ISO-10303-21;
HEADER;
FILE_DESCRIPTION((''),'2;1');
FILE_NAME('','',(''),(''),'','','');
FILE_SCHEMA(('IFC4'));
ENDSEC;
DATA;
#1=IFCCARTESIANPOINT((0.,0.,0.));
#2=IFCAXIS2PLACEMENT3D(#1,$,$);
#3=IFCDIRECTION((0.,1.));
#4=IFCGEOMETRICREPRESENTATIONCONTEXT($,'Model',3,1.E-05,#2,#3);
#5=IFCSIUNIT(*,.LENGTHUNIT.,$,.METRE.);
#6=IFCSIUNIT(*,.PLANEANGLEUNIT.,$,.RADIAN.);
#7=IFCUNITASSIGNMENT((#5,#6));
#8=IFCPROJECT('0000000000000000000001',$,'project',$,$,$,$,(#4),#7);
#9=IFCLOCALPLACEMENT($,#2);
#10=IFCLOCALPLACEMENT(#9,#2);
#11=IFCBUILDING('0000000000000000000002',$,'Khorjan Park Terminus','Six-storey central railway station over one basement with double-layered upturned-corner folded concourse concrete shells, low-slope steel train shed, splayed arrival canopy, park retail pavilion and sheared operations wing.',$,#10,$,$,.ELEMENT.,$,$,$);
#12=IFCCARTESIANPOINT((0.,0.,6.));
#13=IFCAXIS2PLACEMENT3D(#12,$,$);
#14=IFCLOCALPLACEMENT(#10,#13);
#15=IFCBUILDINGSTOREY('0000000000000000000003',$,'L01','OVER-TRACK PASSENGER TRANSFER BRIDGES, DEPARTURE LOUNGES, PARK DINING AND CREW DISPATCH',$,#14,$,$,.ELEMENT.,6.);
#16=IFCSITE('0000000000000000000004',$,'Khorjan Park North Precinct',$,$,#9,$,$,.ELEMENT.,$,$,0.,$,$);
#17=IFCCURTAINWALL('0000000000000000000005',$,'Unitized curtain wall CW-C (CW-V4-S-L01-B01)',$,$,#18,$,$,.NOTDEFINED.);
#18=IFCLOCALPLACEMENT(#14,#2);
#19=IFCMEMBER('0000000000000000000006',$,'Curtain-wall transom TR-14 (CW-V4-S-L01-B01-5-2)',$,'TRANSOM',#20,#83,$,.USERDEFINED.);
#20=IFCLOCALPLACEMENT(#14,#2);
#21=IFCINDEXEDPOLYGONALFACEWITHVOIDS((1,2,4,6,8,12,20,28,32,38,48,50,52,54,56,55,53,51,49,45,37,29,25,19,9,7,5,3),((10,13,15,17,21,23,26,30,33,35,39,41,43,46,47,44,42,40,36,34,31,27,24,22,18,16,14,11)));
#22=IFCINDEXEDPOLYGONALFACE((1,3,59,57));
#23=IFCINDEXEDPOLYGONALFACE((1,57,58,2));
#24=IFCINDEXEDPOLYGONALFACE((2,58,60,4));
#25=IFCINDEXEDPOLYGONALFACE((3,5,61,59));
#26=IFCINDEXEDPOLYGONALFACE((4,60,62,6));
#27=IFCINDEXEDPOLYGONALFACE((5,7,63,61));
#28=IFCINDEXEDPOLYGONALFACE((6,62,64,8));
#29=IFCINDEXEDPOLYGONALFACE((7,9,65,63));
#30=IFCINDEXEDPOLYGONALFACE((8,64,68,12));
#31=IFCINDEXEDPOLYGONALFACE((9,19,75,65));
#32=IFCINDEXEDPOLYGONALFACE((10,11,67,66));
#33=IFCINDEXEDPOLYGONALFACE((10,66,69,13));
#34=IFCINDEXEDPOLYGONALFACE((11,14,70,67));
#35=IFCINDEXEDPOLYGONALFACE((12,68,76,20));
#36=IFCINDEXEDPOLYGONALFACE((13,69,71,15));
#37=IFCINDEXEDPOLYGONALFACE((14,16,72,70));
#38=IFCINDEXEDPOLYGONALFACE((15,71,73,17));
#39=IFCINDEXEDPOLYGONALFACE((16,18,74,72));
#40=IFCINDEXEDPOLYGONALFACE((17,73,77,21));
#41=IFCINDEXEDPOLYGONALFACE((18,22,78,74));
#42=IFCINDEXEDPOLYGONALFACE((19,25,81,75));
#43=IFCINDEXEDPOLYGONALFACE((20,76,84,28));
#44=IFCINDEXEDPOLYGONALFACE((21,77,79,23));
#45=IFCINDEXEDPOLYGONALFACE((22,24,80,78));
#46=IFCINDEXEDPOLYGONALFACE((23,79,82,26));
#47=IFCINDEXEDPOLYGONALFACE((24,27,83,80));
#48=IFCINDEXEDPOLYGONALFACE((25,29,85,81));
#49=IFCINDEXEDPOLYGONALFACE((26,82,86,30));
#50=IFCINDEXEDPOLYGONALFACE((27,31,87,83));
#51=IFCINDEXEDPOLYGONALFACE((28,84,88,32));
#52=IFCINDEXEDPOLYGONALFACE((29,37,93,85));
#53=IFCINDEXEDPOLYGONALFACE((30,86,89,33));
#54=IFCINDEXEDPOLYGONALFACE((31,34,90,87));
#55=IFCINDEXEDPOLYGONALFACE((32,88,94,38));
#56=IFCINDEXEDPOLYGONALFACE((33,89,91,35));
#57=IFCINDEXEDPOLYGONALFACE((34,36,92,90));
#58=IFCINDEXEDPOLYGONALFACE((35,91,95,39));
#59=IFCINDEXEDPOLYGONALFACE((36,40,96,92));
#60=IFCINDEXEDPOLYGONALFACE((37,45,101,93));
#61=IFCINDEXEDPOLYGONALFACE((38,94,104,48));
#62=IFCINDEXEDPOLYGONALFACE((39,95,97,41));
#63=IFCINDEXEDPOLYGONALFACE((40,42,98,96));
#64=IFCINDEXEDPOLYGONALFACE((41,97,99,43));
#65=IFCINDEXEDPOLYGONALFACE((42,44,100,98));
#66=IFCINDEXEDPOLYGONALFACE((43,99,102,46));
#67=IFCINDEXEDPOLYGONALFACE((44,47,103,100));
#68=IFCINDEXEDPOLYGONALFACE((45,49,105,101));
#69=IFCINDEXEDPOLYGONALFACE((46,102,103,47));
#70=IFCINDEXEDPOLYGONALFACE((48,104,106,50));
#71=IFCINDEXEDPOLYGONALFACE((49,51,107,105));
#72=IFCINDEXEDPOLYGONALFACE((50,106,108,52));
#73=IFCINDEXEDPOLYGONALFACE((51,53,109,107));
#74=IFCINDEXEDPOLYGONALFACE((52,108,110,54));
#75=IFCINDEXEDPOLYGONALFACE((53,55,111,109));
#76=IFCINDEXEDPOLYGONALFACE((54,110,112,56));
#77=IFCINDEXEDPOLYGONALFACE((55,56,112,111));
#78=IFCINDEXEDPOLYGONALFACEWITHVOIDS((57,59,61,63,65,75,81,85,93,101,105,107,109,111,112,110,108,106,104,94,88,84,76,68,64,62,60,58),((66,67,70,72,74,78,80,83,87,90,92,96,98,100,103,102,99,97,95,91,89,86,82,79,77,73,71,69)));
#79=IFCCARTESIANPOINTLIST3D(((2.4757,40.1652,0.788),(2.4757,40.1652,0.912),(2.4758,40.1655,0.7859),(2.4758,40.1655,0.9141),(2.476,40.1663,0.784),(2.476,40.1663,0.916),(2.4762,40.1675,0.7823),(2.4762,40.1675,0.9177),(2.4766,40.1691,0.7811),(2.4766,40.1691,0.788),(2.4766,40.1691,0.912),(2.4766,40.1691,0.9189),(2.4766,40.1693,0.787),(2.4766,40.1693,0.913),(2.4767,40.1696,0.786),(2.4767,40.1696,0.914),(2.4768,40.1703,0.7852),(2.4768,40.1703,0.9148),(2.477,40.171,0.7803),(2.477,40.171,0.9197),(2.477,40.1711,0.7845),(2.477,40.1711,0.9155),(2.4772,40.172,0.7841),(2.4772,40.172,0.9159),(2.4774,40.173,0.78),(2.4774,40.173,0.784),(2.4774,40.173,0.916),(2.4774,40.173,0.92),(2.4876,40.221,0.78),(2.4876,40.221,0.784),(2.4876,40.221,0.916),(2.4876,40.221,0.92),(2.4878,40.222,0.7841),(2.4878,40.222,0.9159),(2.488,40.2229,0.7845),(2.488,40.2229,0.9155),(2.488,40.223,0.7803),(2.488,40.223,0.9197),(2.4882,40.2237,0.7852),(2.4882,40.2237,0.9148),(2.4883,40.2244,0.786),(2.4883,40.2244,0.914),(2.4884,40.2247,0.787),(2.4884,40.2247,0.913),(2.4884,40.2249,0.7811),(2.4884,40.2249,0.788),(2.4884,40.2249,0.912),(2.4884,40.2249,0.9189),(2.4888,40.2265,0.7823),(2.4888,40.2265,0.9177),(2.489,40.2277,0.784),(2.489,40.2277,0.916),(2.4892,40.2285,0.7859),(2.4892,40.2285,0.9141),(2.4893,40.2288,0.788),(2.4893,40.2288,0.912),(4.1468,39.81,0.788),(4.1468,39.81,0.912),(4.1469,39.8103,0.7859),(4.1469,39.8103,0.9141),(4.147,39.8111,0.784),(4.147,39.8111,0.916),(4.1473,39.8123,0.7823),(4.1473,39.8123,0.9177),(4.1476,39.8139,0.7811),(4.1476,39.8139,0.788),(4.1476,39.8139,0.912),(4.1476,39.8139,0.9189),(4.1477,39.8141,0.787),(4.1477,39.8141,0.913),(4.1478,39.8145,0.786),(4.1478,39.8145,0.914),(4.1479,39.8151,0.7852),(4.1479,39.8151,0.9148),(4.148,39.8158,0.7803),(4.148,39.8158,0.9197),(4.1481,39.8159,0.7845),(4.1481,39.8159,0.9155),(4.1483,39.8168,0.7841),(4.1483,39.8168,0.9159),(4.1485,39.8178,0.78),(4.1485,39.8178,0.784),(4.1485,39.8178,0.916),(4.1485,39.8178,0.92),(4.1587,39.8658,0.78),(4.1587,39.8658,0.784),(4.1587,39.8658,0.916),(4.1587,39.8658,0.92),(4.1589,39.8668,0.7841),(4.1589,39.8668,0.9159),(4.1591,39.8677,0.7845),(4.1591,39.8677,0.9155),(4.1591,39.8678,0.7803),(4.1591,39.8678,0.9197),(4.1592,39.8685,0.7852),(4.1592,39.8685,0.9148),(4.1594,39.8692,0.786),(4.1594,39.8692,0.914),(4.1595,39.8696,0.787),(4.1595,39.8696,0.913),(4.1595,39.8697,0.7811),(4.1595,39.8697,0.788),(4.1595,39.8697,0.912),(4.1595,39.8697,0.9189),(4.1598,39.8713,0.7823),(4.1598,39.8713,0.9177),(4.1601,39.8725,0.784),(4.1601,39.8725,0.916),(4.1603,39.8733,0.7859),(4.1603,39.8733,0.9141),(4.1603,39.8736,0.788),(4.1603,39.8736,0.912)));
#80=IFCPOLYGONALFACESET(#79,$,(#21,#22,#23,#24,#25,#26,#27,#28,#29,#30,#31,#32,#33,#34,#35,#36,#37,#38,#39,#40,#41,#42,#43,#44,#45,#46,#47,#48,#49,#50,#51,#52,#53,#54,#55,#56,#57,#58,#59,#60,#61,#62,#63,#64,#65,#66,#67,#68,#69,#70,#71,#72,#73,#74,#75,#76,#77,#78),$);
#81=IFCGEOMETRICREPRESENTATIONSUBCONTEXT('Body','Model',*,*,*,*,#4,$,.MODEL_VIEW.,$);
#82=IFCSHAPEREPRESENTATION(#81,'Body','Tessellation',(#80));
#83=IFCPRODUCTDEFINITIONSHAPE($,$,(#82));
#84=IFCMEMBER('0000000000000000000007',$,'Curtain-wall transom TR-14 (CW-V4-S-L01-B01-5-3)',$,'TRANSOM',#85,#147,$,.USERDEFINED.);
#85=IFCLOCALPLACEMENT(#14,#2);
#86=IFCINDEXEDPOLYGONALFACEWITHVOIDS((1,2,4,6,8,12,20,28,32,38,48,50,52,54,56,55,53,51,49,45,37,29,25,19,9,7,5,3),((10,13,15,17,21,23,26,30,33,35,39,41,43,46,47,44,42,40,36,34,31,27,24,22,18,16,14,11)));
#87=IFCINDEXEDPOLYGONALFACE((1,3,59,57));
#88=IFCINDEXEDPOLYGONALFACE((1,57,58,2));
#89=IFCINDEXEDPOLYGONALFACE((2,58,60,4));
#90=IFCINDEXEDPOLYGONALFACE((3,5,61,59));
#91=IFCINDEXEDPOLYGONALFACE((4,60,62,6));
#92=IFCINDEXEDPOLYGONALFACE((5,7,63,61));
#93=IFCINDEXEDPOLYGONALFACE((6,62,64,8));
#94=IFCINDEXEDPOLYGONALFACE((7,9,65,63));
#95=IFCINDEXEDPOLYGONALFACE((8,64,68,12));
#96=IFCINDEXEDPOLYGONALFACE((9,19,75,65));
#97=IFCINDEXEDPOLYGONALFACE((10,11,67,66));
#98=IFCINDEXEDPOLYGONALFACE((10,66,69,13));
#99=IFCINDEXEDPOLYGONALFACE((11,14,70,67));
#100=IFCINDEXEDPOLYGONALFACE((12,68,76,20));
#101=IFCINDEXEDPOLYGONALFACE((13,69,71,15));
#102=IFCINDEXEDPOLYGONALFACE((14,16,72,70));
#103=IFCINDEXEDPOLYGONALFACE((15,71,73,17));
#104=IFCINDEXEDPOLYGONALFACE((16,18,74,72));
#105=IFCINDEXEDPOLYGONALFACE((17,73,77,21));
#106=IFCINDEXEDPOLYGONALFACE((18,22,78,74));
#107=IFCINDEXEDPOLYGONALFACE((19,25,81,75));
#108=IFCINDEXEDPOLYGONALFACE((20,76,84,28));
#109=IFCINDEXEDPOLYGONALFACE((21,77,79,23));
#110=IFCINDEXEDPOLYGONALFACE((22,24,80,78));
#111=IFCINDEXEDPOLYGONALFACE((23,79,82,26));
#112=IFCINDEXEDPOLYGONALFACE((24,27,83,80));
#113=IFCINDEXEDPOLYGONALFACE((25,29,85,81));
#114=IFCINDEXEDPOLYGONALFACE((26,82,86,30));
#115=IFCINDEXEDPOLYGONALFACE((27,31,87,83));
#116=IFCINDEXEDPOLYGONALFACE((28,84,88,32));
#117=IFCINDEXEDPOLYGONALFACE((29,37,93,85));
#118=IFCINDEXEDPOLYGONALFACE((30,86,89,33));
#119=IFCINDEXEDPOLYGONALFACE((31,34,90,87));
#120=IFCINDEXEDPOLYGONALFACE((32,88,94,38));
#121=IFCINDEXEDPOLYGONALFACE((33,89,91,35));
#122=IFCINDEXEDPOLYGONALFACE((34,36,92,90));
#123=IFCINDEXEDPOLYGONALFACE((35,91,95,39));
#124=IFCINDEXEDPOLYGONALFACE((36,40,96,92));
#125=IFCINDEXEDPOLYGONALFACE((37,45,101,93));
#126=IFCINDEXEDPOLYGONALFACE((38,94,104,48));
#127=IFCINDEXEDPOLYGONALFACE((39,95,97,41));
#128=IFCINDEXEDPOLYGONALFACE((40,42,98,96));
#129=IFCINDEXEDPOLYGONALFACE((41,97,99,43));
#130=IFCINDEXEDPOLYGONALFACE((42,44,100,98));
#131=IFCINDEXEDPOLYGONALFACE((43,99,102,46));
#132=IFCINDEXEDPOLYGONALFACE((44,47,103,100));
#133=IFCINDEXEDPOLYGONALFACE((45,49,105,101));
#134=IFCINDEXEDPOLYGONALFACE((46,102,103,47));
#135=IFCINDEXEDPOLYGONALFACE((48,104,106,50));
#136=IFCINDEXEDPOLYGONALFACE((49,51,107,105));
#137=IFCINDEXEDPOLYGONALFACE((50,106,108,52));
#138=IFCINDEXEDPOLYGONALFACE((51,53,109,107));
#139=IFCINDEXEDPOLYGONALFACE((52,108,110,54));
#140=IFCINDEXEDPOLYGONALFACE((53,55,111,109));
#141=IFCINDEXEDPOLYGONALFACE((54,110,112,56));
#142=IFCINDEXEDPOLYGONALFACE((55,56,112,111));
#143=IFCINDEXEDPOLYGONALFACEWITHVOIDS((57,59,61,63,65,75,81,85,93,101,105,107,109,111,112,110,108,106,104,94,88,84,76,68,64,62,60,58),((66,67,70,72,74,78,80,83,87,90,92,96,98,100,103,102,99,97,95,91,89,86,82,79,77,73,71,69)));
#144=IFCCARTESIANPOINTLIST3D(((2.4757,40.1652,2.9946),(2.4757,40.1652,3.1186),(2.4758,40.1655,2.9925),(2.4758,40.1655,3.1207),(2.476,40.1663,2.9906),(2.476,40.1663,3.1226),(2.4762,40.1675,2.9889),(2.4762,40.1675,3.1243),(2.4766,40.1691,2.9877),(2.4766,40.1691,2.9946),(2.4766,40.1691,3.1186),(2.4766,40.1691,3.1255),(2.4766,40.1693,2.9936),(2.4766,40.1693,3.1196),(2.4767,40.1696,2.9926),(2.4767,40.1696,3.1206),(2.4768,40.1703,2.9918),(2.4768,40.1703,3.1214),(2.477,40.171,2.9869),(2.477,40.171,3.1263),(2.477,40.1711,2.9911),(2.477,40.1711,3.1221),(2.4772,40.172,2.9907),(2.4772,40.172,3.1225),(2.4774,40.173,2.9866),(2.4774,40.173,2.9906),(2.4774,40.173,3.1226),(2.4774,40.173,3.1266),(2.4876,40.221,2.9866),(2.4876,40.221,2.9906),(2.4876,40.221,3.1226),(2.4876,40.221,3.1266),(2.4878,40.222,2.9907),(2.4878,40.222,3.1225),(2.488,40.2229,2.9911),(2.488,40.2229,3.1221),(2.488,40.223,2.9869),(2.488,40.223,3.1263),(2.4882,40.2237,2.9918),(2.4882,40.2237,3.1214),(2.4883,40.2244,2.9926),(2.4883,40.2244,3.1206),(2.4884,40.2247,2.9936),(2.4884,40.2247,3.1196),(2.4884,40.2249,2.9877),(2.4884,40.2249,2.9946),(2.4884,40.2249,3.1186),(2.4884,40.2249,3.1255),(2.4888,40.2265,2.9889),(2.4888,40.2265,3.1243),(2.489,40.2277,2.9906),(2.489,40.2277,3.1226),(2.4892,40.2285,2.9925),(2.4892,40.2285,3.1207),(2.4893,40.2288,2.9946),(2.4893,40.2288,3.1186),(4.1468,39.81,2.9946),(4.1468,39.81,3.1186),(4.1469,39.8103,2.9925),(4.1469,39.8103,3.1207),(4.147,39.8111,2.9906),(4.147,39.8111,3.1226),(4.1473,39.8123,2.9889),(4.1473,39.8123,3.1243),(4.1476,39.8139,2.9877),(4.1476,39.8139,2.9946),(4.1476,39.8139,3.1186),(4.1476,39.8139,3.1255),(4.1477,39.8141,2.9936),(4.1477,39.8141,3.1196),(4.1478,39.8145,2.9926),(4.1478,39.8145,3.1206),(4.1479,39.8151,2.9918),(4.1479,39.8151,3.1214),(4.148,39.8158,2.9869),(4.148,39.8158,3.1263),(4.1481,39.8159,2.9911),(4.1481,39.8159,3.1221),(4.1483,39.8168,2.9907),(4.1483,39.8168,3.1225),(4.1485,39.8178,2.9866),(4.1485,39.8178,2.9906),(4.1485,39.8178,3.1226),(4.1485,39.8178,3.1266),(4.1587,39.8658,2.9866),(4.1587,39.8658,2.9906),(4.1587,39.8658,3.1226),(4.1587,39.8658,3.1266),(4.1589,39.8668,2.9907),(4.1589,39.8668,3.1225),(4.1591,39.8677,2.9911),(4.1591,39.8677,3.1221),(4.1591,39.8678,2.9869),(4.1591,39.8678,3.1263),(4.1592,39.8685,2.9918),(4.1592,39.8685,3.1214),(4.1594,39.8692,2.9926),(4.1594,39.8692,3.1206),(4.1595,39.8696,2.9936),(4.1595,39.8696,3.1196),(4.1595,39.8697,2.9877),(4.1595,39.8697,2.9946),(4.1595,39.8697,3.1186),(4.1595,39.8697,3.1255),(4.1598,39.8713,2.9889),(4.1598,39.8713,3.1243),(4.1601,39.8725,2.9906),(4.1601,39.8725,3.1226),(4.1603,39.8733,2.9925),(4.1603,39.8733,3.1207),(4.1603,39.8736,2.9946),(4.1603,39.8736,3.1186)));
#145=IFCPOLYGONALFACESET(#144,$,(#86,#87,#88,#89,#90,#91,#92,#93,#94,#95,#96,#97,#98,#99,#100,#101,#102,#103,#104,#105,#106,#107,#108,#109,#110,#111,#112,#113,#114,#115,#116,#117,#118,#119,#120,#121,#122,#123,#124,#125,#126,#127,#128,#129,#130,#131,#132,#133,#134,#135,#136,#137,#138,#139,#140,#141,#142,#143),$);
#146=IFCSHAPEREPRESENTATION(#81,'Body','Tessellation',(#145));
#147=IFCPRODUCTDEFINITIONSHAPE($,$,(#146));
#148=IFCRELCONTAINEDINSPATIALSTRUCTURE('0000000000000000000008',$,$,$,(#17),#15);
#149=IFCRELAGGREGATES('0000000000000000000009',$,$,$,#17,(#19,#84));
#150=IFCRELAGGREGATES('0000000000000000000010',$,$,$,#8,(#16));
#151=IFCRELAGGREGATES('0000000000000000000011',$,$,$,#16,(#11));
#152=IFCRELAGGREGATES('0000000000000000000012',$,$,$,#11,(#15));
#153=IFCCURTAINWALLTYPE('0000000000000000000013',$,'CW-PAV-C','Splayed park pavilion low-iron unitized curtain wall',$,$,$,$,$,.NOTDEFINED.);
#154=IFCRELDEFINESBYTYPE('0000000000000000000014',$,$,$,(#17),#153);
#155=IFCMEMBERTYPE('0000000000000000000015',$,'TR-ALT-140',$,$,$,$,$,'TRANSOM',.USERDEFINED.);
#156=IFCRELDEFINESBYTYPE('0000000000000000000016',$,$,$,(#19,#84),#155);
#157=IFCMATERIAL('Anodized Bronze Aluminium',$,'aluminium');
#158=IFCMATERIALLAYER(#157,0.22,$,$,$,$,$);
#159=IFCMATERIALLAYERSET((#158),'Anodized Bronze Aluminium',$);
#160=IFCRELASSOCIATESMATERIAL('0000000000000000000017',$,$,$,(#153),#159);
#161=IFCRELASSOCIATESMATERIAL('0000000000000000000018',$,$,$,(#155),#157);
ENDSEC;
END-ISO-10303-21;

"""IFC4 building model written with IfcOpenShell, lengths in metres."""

from ifc_helpers import new_model, si_unit, direction, frame, origin, origin_2d, place, context, subcontext, project, spatial, hollow_rectangle, extrude, material, layer, layer_set, material_profile, profile_set, type_object, element, aggregate, save


model = new_model("IFC4")

# Units and contexts
model_context = context("Model", 3, precision=1e-05, world=origin(), true_north=direction((0.0, 1.0)))
body_context = subcontext(model_context, "Body", "Model", "MODEL_VIEW")
ifc_project = project(units=[si_unit("LENGTHUNIT", "METRE"), si_unit("PLANEANGLEUNIT", "RADIAN")], contexts=[model_context])

# Site, building, storey
site_placement = place(None, origin())
site = spatial("IfcSite", under=ifc_project, at=site_placement, Name="Khorjan Park North Precinct", CompositionType="ELEMENT", RefElevation=0.0)
building_placement = place(site_placement, origin())
building = spatial("IfcBuilding", under=site, at=building_placement, Name="Khorjan Park Terminus", Description="Six-storey central railway station over one basement with double-layered upturned-corner folded concourse concrete shells, low-slope steel train shed, splayed arrival canopy, park retail pavilion and sheared operations wing.", CompositionType="ELEMENT")
storey_placement = place(building_placement, frame((0.0, 0.0, 6.0)))
storey = spatial("IfcBuildingStorey", under=building, at=storey_placement, Name="L01", Description="OVER-TRACK PASSENGER TRANSFER BRIDGES, DEPARTURE LOUNGES, PARK DINING AND CREW DISPATCH", CompositionType="ELEMENT", Elevation=6.0)

# Curtain wall
ifc_material_1 = material(Name="Anodized Bronze Aluminium", Category="aluminium")
ifc_layer_1 = layer(ifc_material_1, 0.22)
ifc_layer_set_1 = layer_set([ifc_layer_1], Name="Anodized Bronze Aluminium")
curtain_wall_type = type_object("IfcCurtainWallType", Name="CW-PAV-C", Description="Splayed park pavilion low-iron unitized curtain wall", PredefinedType="NOTDEFINED", material=ifc_layer_set_1)
curtain_wall_1_placement = place(storey_placement, origin())
curtain_wall_1 = element("IfcCurtainWall", 1, at=curtain_wall_1_placement, inside=storey, type_object=curtain_wall_type, Name="Unitized curtain wall CW-C (CW-V4-S-L01-B01)", PredefinedType="NOTDEFINED")

# Members
ifc_material_profile_1 = material_profile(ifc_material_1, hollow_rectangle(XDim=0.065, YDim=0.14, WallThickness=0.004, InnerFilletRadius=0.004, OuterFilletRadius=0.008, at=origin_2d()), Name="ALT 65x140x4")
ifc_profile_set_1 = profile_set([ifc_material_profile_1], Name="Anodized Bronze Aluminium")
member_type_1 = type_object("IfcMemberType", Name="TR-ALT-140", ElementType="TRANSOM", PredefinedType="USERDEFINED", material=ifc_profile_set_1)
member_1_placement = place(storey_placement, frame((2.4825, 40.197, 0.85), z_axis=(0.978148, -0.20791, 0.0), x_axis=(0.20791, 0.978148, 0.0)))
member_1 = element("IfcMember", 2, at=member_1_placement, type_object=member_type_1, Name="Curtain-wall transom TR-14 (CW-V4-S-L01-B01-5-2)", ObjectType="TRANSOM", PredefinedType="USERDEFINED", context=body_context, shape_type="SweptSolid", body=[
    extrude(hollow_rectangle(XDim=0.065, YDim=0.14, WallThickness=0.004, InnerFilletRadius=0.004, OuterFilletRadius=0.008, at=origin_2d()), origin(), (0.0, 0.0, 1.0), 1.7084),
])
member_2_placement = place(storey_placement, frame((2.4825, 40.197, 3.0566), z_axis=(0.978148, -0.20791, 0.0), x_axis=(0.20791, 0.978148, 0.0)))
member_2 = element("IfcMember", 3, at=member_2_placement, type_object=member_type_1, Name="Curtain-wall transom TR-14 (CW-V4-S-L01-B01-5-3)", ObjectType="TRANSOM", PredefinedType="USERDEFINED", context=body_context, shape_type="SweptSolid", body=[
    extrude(hollow_rectangle(XDim=0.065, YDim=0.14, WallThickness=0.004, InnerFilletRadius=0.004, OuterFilletRadius=0.008, at=origin_2d()), origin(), (0.0, 0.0, 1.0), 1.7084),
])

aggregate(curtain_wall_1, [member_1, member_2])

save(model, "model.ifc")
